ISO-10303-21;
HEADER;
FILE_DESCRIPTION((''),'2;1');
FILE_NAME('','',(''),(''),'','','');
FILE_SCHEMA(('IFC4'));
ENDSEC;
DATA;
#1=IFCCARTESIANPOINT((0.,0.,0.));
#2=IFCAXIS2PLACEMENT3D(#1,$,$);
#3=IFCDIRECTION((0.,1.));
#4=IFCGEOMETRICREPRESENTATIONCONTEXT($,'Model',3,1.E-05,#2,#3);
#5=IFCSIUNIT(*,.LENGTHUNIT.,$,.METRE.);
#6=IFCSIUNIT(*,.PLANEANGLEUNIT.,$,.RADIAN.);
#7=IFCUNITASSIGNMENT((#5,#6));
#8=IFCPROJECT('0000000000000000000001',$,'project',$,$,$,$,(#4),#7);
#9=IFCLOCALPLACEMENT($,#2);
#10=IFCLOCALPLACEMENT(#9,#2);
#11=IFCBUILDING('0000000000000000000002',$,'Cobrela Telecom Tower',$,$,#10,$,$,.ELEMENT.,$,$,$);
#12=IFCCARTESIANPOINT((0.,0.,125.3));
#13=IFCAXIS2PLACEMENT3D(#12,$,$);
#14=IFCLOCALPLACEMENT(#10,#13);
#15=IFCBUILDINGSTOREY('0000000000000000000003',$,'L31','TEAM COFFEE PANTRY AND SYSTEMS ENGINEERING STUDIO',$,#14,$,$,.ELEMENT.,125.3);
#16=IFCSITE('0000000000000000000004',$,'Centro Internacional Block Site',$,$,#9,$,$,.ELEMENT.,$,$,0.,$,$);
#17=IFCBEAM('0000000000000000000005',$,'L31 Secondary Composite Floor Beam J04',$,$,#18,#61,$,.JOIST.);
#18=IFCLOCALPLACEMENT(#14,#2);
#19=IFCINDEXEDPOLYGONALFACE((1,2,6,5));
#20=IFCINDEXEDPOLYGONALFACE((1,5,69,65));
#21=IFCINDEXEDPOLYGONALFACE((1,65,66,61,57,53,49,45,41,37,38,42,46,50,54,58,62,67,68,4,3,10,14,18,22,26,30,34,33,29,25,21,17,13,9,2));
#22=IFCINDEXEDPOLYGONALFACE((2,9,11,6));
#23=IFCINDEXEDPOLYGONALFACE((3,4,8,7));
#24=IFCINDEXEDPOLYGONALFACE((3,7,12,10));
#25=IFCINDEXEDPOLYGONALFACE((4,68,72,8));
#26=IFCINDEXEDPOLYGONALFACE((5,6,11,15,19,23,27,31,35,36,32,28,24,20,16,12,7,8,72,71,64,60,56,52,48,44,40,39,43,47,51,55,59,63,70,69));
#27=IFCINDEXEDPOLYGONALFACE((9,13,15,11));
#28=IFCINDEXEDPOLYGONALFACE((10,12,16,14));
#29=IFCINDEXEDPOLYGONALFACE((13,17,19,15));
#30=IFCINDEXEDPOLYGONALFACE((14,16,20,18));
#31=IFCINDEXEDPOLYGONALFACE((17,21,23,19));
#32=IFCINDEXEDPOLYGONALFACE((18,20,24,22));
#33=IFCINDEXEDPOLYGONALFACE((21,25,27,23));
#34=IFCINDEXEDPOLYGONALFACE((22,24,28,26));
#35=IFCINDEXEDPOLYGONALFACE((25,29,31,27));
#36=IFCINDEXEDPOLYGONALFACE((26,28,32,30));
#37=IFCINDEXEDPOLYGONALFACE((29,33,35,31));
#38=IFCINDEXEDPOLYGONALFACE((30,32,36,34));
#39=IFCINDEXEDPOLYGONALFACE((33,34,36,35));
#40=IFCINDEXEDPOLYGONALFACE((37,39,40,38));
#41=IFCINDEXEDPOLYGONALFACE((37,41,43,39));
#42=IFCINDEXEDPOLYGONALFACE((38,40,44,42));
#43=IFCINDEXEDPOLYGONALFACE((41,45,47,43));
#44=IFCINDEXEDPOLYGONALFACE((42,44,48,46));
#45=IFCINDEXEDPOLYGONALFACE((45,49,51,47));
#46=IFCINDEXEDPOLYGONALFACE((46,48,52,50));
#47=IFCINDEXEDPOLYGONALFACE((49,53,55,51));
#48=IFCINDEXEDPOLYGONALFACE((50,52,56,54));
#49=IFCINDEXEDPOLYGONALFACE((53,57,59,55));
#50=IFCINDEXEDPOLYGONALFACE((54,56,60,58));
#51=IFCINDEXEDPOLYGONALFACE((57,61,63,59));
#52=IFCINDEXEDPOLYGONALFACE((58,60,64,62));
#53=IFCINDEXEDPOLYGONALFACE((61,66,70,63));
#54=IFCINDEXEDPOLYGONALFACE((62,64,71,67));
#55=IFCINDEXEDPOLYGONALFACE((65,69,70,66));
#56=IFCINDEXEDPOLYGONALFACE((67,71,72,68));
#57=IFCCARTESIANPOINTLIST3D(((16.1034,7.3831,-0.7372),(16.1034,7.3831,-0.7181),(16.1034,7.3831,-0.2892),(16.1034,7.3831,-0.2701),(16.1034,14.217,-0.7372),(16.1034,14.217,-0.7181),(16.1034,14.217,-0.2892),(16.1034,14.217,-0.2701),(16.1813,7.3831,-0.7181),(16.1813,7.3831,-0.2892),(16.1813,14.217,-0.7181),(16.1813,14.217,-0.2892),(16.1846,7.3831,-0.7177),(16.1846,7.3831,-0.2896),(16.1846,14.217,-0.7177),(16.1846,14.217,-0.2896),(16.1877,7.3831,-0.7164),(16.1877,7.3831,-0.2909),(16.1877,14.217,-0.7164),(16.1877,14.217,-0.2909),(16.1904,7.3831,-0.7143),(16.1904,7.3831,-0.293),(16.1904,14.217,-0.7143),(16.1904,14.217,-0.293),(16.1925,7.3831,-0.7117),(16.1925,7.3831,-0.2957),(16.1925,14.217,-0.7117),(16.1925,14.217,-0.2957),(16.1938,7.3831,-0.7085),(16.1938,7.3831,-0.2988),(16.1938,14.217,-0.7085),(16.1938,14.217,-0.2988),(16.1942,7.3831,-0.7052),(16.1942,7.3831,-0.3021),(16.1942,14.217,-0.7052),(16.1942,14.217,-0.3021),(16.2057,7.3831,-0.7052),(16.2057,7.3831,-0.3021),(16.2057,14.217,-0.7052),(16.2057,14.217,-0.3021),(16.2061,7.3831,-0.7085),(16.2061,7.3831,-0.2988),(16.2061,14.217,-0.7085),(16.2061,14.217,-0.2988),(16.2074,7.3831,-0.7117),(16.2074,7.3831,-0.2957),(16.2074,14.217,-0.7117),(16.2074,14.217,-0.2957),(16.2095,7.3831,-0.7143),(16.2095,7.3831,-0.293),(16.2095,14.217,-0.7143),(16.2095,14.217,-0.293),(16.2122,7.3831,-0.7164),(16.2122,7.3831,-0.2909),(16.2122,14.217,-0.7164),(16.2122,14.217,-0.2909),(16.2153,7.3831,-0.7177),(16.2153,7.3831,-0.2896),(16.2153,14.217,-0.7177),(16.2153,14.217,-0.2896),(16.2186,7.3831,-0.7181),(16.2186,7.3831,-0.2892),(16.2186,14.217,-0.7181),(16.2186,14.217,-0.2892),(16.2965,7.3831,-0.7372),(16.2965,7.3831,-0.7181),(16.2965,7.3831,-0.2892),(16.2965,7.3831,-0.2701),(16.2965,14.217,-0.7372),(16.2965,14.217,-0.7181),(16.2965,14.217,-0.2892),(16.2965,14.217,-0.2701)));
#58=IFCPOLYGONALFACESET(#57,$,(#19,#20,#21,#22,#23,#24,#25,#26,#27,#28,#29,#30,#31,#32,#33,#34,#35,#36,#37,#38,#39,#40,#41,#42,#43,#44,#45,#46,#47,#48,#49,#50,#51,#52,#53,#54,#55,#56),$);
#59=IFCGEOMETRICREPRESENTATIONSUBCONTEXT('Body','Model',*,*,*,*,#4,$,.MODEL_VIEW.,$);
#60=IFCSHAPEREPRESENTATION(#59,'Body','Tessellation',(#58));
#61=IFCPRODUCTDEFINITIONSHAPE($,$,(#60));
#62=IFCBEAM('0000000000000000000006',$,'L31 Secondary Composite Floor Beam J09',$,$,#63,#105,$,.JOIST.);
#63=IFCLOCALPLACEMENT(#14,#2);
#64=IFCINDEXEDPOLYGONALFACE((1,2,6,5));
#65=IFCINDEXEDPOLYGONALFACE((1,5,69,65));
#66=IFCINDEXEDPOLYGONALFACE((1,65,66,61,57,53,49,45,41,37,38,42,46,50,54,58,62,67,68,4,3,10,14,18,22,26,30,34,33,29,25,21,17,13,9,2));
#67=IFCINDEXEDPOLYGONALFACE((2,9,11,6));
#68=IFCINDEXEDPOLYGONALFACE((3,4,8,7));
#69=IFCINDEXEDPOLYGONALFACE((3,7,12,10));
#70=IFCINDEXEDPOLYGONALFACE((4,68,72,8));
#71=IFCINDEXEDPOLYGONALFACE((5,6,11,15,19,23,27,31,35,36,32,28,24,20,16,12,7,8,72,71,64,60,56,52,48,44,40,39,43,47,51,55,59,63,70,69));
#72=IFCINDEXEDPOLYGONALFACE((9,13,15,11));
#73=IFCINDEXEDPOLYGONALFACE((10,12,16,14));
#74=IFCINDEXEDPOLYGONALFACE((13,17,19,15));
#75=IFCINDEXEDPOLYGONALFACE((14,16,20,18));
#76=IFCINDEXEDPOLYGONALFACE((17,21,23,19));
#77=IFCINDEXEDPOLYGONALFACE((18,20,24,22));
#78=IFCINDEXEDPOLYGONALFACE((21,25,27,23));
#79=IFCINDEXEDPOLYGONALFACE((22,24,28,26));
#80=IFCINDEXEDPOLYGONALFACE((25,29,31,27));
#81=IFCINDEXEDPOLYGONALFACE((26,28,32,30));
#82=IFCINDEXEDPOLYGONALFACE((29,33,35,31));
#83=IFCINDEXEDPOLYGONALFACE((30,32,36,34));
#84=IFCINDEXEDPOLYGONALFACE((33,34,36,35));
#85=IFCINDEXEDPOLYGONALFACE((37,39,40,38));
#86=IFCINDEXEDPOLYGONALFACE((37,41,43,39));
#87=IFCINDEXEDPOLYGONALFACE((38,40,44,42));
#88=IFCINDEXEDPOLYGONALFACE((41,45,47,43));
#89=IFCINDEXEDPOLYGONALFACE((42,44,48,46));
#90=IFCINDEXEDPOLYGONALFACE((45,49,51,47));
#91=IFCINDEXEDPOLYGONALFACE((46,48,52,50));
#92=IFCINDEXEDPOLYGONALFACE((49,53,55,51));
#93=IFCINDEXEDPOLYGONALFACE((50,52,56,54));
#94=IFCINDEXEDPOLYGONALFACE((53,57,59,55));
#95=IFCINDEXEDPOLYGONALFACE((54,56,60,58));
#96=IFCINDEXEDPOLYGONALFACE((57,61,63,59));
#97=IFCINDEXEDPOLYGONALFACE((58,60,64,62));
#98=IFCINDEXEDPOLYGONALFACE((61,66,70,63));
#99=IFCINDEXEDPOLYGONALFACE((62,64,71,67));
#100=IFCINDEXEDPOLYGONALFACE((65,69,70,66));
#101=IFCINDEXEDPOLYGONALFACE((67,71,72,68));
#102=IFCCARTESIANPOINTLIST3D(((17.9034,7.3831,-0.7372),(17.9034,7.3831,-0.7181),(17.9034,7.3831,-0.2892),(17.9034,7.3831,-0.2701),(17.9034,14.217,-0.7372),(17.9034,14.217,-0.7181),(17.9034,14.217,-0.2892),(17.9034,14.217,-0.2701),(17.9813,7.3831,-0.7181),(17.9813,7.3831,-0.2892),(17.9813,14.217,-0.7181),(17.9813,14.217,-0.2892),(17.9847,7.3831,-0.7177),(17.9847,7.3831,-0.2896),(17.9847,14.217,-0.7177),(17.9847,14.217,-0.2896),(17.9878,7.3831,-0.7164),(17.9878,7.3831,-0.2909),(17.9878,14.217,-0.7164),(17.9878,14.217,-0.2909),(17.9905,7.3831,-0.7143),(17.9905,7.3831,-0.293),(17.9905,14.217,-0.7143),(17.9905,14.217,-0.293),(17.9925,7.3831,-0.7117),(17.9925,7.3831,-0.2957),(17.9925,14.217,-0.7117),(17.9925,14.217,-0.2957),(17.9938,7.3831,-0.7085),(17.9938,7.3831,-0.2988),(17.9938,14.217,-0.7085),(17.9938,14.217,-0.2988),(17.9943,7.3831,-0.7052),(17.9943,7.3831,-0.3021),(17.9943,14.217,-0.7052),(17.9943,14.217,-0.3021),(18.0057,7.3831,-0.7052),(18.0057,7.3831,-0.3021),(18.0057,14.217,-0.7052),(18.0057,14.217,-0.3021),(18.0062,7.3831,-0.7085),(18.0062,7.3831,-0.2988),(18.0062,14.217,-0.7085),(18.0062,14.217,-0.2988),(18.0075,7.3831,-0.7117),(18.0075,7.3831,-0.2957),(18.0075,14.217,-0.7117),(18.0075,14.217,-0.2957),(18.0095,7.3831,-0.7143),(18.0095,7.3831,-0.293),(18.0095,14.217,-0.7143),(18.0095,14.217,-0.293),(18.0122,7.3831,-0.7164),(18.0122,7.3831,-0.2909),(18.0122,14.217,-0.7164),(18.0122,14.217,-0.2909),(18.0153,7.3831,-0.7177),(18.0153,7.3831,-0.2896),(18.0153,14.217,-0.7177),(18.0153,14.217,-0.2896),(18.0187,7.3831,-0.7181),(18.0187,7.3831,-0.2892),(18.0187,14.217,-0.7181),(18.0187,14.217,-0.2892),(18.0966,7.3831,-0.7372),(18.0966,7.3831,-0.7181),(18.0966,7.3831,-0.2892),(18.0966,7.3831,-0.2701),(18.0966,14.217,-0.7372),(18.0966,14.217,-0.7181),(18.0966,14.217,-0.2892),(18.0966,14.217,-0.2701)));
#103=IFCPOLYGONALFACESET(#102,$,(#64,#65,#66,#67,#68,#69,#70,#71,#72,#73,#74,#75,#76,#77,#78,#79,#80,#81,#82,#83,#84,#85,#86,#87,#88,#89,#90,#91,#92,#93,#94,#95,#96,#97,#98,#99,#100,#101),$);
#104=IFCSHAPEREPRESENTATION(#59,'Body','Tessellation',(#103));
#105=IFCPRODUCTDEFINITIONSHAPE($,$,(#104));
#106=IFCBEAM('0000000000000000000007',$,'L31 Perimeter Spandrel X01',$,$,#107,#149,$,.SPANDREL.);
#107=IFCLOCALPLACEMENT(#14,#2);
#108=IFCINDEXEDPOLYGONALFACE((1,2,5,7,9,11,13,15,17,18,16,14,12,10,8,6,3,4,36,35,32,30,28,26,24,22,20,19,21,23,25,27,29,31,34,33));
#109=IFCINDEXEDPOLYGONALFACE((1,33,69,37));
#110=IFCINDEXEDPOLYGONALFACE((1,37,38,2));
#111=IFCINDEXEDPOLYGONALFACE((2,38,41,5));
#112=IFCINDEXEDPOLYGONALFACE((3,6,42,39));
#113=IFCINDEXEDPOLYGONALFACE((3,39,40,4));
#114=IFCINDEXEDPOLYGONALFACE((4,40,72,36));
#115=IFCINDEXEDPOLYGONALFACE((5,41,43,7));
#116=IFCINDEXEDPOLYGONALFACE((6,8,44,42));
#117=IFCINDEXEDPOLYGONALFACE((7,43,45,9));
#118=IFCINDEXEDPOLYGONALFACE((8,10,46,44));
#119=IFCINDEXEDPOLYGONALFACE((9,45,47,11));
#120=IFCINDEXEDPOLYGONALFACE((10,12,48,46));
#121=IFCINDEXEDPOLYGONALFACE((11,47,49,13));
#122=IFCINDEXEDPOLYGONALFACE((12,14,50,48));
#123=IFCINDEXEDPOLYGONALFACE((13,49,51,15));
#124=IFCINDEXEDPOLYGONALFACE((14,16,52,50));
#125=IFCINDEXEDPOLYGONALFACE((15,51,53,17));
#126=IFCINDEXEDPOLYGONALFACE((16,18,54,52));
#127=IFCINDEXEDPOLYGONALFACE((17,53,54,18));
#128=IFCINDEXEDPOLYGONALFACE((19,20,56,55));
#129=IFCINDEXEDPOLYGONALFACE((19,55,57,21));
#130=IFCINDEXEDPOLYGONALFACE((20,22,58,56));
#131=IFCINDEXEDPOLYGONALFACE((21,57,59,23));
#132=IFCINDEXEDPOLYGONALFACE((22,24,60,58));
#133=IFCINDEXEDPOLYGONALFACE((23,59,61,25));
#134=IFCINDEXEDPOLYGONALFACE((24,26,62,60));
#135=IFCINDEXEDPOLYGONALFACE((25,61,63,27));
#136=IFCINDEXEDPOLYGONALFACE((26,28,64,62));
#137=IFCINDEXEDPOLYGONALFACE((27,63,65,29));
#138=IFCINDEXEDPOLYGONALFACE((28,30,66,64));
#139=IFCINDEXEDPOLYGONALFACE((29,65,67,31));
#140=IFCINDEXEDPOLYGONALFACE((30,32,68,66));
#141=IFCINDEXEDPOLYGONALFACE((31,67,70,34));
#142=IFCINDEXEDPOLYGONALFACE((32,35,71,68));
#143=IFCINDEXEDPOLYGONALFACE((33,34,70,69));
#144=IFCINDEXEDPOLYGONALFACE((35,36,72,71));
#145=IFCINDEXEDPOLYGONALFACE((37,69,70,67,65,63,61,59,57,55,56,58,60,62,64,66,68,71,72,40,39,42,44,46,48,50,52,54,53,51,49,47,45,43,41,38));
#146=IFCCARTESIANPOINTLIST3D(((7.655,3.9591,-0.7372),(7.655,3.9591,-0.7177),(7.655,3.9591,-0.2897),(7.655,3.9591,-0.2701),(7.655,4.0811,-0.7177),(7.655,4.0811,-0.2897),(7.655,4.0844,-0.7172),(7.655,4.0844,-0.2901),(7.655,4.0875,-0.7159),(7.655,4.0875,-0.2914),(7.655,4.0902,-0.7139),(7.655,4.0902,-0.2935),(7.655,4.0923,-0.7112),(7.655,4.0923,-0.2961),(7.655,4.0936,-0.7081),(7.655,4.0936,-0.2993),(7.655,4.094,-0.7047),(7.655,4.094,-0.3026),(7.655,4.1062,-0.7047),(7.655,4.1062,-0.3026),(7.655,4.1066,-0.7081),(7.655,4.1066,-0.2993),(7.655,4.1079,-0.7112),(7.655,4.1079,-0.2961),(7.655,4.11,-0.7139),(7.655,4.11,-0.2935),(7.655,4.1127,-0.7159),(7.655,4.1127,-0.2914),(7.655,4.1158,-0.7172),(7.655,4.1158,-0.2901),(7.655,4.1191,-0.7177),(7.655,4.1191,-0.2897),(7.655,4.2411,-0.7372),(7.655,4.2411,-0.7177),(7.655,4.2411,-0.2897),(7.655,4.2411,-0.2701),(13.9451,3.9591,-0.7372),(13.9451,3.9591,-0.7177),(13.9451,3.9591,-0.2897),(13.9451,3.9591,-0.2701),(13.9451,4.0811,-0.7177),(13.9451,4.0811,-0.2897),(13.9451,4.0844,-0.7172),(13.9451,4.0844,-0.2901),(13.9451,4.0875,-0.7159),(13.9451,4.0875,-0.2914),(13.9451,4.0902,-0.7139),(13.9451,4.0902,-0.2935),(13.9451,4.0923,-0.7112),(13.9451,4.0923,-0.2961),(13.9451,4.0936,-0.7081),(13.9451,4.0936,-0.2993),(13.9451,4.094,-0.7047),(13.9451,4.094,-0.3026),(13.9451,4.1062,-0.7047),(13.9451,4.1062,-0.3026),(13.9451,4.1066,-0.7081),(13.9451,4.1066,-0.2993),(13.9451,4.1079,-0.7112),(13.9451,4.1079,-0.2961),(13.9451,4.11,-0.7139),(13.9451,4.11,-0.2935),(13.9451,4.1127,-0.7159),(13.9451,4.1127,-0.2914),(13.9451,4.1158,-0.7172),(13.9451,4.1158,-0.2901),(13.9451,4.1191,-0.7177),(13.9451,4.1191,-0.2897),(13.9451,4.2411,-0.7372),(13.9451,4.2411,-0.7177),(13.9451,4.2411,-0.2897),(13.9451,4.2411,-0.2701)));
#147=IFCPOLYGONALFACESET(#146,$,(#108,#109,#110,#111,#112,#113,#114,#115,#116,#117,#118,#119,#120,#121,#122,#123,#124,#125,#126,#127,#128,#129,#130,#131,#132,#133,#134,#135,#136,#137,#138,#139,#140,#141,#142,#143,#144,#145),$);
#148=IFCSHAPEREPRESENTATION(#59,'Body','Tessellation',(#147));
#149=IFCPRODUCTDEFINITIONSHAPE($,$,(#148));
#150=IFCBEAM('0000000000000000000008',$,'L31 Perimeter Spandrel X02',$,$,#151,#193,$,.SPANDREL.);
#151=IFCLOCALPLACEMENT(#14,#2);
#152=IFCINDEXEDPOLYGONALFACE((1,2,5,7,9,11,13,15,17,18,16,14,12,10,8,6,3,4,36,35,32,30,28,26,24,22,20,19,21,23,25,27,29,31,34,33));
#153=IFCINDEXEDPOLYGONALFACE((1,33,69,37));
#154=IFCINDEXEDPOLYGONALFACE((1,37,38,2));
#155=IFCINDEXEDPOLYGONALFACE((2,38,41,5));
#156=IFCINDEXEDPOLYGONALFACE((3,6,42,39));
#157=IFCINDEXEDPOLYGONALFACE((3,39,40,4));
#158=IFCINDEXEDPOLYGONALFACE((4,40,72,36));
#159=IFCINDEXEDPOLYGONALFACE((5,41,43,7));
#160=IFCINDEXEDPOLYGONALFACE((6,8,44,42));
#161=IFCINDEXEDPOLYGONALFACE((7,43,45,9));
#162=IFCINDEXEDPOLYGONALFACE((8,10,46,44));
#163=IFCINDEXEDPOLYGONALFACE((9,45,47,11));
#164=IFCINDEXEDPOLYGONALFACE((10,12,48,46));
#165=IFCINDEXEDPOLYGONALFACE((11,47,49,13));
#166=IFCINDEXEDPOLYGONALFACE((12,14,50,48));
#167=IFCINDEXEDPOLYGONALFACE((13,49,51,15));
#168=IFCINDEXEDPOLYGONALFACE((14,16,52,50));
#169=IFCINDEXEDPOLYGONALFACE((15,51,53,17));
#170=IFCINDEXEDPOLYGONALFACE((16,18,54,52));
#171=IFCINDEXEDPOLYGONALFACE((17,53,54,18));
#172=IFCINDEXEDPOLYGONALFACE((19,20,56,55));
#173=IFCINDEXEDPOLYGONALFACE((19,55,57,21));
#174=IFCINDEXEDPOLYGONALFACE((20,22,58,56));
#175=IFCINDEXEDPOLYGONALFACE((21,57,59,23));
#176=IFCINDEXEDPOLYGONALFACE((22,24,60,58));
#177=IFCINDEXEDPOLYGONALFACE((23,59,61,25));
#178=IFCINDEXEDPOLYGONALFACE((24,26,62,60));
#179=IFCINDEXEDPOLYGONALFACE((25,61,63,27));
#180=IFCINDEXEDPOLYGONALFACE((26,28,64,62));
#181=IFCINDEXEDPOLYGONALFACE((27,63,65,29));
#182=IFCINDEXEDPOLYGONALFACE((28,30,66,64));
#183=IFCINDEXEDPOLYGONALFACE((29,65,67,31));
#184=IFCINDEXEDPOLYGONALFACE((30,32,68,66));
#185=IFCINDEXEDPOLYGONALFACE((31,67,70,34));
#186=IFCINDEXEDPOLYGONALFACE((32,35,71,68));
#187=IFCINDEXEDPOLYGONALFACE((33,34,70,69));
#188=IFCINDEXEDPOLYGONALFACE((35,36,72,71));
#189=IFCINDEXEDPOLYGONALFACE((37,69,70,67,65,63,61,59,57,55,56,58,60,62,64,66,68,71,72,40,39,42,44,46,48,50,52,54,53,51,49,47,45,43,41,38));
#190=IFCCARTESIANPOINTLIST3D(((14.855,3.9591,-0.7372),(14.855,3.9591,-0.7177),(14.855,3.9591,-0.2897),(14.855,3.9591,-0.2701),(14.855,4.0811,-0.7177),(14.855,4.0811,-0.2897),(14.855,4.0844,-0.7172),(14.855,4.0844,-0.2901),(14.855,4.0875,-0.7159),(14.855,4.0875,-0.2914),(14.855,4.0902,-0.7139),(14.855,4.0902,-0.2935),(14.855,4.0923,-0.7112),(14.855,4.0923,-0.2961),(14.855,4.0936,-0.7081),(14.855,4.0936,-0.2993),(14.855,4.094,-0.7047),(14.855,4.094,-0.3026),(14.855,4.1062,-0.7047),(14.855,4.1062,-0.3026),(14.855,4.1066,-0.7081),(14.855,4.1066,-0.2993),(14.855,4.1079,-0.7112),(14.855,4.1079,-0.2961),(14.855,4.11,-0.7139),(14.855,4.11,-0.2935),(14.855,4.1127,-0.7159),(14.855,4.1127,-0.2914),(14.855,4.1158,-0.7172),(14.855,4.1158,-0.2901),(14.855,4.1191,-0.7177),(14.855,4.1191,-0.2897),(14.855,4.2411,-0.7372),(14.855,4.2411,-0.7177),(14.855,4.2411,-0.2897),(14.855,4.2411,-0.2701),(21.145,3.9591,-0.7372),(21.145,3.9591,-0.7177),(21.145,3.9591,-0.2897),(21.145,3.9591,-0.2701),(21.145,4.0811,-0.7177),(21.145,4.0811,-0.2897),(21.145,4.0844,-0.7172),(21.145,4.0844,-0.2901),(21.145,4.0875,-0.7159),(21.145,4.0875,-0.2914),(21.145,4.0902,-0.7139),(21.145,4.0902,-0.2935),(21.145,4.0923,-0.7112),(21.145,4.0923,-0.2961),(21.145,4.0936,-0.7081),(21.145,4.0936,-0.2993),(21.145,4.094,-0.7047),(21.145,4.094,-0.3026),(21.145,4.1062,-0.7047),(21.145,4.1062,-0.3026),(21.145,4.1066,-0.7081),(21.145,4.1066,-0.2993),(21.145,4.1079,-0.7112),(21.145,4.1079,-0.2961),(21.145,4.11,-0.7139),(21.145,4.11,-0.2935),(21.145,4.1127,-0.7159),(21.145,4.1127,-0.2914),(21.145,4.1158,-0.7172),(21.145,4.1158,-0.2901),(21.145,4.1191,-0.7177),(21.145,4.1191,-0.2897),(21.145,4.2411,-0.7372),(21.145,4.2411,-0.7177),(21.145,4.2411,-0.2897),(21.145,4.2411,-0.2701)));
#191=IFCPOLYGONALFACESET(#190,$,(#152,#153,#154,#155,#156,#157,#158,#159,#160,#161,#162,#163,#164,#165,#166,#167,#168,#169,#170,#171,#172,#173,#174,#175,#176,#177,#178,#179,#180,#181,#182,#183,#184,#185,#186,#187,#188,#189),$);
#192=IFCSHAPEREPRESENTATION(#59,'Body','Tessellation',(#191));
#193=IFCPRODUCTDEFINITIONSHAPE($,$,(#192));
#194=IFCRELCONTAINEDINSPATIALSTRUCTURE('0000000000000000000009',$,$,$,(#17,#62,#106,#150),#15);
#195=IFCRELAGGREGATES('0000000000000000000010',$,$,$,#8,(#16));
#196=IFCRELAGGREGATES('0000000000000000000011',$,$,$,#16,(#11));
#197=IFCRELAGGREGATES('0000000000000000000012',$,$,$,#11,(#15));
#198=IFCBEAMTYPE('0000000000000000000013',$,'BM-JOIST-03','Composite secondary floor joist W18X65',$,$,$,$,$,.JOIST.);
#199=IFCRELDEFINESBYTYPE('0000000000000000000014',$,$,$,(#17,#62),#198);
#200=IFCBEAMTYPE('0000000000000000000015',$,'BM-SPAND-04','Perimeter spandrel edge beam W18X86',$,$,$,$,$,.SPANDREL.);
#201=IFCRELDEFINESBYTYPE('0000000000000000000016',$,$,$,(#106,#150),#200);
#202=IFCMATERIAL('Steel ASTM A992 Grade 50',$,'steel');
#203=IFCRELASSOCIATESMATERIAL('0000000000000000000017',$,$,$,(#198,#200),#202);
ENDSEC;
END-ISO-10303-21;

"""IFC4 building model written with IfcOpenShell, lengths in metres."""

from ifc_helpers import new_model, si_unit, direction, frame, origin, origin_2d, place, context, subcontext, project, spatial, i_section, extrude, material, material_profile, profile_set, type_object, element, save


model = new_model("IFC4")

# Units and contexts
model_context = context("Model", 3, precision=1e-05, world=origin(), true_north=direction((0.0, 1.0)))
body_context = subcontext(model_context, "Body", "Model", "MODEL_VIEW")
ifc_project = project(units=[si_unit("LENGTHUNIT", "METRE"), si_unit("PLANEANGLEUNIT", "RADIAN")], contexts=[model_context])

# Site, building, storey
site_placement = place(None, origin())
site = spatial("IfcSite", under=ifc_project, at=site_placement, Name="Centro Internacional Block Site", CompositionType="ELEMENT", RefElevation=0.0)
building_placement = place(site_placement, origin())
building = spatial("IfcBuilding", under=site, at=building_placement, Name="Cobrela Telecom Tower", CompositionType="ELEMENT")
storey_placement = place(building_placement, frame((0.0, 0.0, 125.3)))
storey = spatial("IfcBuildingStorey", under=building, at=storey_placement, Name="L31", Description="TEAM COFFEE PANTRY AND SYSTEMS ENGINEERING STUDIO", CompositionType="ELEMENT", Elevation=125.3)

# Beams
ifc_material_1 = material(Name="Steel ASTM A992 Grade 50", Category="steel")
ifc_material_profile_1 = material_profile(ifc_material_1, i_section(OverallWidth=0.1931, OverallDepth=0.467, WebThickness=0.0115, FlangeThickness=0.019, FilletRadius=0.0129, at=origin_2d()), Name="W18X65")
ifc_profile_set_1 = profile_set([ifc_material_profile_1], Name="Steel ASTM A992 Grade 50")
beam_type_1 = type_object("IfcBeamType", Name="BM-JOIST-03", Description="Composite secondary floor joist W18X65", PredefinedType="JOIST", material=ifc_profile_set_1)
for number, where, z_axis, x_axis, name in (
    (1, (16.2, 7.3831, -0.5037), (0.0, 1.0, 0.0), (-1.0, 0.0, 0.0), "L31 Secondary Composite Floor Beam J04"),
    (2, (18.0, 7.3831, -0.5037), (0.0, 1.0, 0.0), (-1.0, 0.0, 0.0), "L31 Secondary Composite Floor Beam J09"),
):
    element("IfcBeam", number, at=place(storey_placement, frame(where, z_axis=z_axis, x_axis=x_axis)), inside=storey, type_object=beam_type_1, Name=name, PredefinedType="JOIST", context=body_context, shape_type="SweptSolid", body=[
        extrude(i_section(OverallWidth=0.1931, OverallDepth=0.467, WebThickness=0.0115, FlangeThickness=0.019, FilletRadius=0.0129, at=origin_2d()), origin(), (0.0, 0.0, 1.0), 6.834),
    ])
ifc_material_profile_2 = material_profile(ifc_material_1, i_section(OverallWidth=0.282, OverallDepth=0.467, WebThickness=0.0122, FlangeThickness=0.0195, FilletRadius=0.0129, at=origin_2d()), Name="W18X86")
ifc_profile_set_2 = profile_set([ifc_material_profile_2], Name="Steel ASTM A992 Grade 50")
beam_type_2 = type_object("IfcBeamType", Name="BM-SPAND-04", Description="Perimeter spandrel edge beam W18X86", PredefinedType="SPANDREL", material=ifc_profile_set_2)
for number, where, z_axis, x_axis, name in (
    (3, (7.655, 4.1001, -0.5037), (1.0, 0.0, 0.0), (0.0, 1.0, 0.0), "L31 Perimeter Spandrel X01"),
    (4, (14.855, 4.1001, -0.5037), (1.0, 0.0, 0.0), (0.0, 1.0, 0.0), "L31 Perimeter Spandrel X02"),
):
    element("IfcBeam", number, at=place(storey_placement, frame(where, z_axis=z_axis, x_axis=x_axis)), inside=storey, type_object=beam_type_2, Name=name, PredefinedType="SPANDREL", context=body_context, shape_type="SweptSolid", body=[
        extrude(i_section(OverallWidth=0.282, OverallDepth=0.467, WebThickness=0.0122, FlangeThickness=0.0195, FilletRadius=0.0129, at=origin_2d()), origin(), (0.0, 0.0, 1.0), 6.29),
    ])

save(model, "model.ifc")
